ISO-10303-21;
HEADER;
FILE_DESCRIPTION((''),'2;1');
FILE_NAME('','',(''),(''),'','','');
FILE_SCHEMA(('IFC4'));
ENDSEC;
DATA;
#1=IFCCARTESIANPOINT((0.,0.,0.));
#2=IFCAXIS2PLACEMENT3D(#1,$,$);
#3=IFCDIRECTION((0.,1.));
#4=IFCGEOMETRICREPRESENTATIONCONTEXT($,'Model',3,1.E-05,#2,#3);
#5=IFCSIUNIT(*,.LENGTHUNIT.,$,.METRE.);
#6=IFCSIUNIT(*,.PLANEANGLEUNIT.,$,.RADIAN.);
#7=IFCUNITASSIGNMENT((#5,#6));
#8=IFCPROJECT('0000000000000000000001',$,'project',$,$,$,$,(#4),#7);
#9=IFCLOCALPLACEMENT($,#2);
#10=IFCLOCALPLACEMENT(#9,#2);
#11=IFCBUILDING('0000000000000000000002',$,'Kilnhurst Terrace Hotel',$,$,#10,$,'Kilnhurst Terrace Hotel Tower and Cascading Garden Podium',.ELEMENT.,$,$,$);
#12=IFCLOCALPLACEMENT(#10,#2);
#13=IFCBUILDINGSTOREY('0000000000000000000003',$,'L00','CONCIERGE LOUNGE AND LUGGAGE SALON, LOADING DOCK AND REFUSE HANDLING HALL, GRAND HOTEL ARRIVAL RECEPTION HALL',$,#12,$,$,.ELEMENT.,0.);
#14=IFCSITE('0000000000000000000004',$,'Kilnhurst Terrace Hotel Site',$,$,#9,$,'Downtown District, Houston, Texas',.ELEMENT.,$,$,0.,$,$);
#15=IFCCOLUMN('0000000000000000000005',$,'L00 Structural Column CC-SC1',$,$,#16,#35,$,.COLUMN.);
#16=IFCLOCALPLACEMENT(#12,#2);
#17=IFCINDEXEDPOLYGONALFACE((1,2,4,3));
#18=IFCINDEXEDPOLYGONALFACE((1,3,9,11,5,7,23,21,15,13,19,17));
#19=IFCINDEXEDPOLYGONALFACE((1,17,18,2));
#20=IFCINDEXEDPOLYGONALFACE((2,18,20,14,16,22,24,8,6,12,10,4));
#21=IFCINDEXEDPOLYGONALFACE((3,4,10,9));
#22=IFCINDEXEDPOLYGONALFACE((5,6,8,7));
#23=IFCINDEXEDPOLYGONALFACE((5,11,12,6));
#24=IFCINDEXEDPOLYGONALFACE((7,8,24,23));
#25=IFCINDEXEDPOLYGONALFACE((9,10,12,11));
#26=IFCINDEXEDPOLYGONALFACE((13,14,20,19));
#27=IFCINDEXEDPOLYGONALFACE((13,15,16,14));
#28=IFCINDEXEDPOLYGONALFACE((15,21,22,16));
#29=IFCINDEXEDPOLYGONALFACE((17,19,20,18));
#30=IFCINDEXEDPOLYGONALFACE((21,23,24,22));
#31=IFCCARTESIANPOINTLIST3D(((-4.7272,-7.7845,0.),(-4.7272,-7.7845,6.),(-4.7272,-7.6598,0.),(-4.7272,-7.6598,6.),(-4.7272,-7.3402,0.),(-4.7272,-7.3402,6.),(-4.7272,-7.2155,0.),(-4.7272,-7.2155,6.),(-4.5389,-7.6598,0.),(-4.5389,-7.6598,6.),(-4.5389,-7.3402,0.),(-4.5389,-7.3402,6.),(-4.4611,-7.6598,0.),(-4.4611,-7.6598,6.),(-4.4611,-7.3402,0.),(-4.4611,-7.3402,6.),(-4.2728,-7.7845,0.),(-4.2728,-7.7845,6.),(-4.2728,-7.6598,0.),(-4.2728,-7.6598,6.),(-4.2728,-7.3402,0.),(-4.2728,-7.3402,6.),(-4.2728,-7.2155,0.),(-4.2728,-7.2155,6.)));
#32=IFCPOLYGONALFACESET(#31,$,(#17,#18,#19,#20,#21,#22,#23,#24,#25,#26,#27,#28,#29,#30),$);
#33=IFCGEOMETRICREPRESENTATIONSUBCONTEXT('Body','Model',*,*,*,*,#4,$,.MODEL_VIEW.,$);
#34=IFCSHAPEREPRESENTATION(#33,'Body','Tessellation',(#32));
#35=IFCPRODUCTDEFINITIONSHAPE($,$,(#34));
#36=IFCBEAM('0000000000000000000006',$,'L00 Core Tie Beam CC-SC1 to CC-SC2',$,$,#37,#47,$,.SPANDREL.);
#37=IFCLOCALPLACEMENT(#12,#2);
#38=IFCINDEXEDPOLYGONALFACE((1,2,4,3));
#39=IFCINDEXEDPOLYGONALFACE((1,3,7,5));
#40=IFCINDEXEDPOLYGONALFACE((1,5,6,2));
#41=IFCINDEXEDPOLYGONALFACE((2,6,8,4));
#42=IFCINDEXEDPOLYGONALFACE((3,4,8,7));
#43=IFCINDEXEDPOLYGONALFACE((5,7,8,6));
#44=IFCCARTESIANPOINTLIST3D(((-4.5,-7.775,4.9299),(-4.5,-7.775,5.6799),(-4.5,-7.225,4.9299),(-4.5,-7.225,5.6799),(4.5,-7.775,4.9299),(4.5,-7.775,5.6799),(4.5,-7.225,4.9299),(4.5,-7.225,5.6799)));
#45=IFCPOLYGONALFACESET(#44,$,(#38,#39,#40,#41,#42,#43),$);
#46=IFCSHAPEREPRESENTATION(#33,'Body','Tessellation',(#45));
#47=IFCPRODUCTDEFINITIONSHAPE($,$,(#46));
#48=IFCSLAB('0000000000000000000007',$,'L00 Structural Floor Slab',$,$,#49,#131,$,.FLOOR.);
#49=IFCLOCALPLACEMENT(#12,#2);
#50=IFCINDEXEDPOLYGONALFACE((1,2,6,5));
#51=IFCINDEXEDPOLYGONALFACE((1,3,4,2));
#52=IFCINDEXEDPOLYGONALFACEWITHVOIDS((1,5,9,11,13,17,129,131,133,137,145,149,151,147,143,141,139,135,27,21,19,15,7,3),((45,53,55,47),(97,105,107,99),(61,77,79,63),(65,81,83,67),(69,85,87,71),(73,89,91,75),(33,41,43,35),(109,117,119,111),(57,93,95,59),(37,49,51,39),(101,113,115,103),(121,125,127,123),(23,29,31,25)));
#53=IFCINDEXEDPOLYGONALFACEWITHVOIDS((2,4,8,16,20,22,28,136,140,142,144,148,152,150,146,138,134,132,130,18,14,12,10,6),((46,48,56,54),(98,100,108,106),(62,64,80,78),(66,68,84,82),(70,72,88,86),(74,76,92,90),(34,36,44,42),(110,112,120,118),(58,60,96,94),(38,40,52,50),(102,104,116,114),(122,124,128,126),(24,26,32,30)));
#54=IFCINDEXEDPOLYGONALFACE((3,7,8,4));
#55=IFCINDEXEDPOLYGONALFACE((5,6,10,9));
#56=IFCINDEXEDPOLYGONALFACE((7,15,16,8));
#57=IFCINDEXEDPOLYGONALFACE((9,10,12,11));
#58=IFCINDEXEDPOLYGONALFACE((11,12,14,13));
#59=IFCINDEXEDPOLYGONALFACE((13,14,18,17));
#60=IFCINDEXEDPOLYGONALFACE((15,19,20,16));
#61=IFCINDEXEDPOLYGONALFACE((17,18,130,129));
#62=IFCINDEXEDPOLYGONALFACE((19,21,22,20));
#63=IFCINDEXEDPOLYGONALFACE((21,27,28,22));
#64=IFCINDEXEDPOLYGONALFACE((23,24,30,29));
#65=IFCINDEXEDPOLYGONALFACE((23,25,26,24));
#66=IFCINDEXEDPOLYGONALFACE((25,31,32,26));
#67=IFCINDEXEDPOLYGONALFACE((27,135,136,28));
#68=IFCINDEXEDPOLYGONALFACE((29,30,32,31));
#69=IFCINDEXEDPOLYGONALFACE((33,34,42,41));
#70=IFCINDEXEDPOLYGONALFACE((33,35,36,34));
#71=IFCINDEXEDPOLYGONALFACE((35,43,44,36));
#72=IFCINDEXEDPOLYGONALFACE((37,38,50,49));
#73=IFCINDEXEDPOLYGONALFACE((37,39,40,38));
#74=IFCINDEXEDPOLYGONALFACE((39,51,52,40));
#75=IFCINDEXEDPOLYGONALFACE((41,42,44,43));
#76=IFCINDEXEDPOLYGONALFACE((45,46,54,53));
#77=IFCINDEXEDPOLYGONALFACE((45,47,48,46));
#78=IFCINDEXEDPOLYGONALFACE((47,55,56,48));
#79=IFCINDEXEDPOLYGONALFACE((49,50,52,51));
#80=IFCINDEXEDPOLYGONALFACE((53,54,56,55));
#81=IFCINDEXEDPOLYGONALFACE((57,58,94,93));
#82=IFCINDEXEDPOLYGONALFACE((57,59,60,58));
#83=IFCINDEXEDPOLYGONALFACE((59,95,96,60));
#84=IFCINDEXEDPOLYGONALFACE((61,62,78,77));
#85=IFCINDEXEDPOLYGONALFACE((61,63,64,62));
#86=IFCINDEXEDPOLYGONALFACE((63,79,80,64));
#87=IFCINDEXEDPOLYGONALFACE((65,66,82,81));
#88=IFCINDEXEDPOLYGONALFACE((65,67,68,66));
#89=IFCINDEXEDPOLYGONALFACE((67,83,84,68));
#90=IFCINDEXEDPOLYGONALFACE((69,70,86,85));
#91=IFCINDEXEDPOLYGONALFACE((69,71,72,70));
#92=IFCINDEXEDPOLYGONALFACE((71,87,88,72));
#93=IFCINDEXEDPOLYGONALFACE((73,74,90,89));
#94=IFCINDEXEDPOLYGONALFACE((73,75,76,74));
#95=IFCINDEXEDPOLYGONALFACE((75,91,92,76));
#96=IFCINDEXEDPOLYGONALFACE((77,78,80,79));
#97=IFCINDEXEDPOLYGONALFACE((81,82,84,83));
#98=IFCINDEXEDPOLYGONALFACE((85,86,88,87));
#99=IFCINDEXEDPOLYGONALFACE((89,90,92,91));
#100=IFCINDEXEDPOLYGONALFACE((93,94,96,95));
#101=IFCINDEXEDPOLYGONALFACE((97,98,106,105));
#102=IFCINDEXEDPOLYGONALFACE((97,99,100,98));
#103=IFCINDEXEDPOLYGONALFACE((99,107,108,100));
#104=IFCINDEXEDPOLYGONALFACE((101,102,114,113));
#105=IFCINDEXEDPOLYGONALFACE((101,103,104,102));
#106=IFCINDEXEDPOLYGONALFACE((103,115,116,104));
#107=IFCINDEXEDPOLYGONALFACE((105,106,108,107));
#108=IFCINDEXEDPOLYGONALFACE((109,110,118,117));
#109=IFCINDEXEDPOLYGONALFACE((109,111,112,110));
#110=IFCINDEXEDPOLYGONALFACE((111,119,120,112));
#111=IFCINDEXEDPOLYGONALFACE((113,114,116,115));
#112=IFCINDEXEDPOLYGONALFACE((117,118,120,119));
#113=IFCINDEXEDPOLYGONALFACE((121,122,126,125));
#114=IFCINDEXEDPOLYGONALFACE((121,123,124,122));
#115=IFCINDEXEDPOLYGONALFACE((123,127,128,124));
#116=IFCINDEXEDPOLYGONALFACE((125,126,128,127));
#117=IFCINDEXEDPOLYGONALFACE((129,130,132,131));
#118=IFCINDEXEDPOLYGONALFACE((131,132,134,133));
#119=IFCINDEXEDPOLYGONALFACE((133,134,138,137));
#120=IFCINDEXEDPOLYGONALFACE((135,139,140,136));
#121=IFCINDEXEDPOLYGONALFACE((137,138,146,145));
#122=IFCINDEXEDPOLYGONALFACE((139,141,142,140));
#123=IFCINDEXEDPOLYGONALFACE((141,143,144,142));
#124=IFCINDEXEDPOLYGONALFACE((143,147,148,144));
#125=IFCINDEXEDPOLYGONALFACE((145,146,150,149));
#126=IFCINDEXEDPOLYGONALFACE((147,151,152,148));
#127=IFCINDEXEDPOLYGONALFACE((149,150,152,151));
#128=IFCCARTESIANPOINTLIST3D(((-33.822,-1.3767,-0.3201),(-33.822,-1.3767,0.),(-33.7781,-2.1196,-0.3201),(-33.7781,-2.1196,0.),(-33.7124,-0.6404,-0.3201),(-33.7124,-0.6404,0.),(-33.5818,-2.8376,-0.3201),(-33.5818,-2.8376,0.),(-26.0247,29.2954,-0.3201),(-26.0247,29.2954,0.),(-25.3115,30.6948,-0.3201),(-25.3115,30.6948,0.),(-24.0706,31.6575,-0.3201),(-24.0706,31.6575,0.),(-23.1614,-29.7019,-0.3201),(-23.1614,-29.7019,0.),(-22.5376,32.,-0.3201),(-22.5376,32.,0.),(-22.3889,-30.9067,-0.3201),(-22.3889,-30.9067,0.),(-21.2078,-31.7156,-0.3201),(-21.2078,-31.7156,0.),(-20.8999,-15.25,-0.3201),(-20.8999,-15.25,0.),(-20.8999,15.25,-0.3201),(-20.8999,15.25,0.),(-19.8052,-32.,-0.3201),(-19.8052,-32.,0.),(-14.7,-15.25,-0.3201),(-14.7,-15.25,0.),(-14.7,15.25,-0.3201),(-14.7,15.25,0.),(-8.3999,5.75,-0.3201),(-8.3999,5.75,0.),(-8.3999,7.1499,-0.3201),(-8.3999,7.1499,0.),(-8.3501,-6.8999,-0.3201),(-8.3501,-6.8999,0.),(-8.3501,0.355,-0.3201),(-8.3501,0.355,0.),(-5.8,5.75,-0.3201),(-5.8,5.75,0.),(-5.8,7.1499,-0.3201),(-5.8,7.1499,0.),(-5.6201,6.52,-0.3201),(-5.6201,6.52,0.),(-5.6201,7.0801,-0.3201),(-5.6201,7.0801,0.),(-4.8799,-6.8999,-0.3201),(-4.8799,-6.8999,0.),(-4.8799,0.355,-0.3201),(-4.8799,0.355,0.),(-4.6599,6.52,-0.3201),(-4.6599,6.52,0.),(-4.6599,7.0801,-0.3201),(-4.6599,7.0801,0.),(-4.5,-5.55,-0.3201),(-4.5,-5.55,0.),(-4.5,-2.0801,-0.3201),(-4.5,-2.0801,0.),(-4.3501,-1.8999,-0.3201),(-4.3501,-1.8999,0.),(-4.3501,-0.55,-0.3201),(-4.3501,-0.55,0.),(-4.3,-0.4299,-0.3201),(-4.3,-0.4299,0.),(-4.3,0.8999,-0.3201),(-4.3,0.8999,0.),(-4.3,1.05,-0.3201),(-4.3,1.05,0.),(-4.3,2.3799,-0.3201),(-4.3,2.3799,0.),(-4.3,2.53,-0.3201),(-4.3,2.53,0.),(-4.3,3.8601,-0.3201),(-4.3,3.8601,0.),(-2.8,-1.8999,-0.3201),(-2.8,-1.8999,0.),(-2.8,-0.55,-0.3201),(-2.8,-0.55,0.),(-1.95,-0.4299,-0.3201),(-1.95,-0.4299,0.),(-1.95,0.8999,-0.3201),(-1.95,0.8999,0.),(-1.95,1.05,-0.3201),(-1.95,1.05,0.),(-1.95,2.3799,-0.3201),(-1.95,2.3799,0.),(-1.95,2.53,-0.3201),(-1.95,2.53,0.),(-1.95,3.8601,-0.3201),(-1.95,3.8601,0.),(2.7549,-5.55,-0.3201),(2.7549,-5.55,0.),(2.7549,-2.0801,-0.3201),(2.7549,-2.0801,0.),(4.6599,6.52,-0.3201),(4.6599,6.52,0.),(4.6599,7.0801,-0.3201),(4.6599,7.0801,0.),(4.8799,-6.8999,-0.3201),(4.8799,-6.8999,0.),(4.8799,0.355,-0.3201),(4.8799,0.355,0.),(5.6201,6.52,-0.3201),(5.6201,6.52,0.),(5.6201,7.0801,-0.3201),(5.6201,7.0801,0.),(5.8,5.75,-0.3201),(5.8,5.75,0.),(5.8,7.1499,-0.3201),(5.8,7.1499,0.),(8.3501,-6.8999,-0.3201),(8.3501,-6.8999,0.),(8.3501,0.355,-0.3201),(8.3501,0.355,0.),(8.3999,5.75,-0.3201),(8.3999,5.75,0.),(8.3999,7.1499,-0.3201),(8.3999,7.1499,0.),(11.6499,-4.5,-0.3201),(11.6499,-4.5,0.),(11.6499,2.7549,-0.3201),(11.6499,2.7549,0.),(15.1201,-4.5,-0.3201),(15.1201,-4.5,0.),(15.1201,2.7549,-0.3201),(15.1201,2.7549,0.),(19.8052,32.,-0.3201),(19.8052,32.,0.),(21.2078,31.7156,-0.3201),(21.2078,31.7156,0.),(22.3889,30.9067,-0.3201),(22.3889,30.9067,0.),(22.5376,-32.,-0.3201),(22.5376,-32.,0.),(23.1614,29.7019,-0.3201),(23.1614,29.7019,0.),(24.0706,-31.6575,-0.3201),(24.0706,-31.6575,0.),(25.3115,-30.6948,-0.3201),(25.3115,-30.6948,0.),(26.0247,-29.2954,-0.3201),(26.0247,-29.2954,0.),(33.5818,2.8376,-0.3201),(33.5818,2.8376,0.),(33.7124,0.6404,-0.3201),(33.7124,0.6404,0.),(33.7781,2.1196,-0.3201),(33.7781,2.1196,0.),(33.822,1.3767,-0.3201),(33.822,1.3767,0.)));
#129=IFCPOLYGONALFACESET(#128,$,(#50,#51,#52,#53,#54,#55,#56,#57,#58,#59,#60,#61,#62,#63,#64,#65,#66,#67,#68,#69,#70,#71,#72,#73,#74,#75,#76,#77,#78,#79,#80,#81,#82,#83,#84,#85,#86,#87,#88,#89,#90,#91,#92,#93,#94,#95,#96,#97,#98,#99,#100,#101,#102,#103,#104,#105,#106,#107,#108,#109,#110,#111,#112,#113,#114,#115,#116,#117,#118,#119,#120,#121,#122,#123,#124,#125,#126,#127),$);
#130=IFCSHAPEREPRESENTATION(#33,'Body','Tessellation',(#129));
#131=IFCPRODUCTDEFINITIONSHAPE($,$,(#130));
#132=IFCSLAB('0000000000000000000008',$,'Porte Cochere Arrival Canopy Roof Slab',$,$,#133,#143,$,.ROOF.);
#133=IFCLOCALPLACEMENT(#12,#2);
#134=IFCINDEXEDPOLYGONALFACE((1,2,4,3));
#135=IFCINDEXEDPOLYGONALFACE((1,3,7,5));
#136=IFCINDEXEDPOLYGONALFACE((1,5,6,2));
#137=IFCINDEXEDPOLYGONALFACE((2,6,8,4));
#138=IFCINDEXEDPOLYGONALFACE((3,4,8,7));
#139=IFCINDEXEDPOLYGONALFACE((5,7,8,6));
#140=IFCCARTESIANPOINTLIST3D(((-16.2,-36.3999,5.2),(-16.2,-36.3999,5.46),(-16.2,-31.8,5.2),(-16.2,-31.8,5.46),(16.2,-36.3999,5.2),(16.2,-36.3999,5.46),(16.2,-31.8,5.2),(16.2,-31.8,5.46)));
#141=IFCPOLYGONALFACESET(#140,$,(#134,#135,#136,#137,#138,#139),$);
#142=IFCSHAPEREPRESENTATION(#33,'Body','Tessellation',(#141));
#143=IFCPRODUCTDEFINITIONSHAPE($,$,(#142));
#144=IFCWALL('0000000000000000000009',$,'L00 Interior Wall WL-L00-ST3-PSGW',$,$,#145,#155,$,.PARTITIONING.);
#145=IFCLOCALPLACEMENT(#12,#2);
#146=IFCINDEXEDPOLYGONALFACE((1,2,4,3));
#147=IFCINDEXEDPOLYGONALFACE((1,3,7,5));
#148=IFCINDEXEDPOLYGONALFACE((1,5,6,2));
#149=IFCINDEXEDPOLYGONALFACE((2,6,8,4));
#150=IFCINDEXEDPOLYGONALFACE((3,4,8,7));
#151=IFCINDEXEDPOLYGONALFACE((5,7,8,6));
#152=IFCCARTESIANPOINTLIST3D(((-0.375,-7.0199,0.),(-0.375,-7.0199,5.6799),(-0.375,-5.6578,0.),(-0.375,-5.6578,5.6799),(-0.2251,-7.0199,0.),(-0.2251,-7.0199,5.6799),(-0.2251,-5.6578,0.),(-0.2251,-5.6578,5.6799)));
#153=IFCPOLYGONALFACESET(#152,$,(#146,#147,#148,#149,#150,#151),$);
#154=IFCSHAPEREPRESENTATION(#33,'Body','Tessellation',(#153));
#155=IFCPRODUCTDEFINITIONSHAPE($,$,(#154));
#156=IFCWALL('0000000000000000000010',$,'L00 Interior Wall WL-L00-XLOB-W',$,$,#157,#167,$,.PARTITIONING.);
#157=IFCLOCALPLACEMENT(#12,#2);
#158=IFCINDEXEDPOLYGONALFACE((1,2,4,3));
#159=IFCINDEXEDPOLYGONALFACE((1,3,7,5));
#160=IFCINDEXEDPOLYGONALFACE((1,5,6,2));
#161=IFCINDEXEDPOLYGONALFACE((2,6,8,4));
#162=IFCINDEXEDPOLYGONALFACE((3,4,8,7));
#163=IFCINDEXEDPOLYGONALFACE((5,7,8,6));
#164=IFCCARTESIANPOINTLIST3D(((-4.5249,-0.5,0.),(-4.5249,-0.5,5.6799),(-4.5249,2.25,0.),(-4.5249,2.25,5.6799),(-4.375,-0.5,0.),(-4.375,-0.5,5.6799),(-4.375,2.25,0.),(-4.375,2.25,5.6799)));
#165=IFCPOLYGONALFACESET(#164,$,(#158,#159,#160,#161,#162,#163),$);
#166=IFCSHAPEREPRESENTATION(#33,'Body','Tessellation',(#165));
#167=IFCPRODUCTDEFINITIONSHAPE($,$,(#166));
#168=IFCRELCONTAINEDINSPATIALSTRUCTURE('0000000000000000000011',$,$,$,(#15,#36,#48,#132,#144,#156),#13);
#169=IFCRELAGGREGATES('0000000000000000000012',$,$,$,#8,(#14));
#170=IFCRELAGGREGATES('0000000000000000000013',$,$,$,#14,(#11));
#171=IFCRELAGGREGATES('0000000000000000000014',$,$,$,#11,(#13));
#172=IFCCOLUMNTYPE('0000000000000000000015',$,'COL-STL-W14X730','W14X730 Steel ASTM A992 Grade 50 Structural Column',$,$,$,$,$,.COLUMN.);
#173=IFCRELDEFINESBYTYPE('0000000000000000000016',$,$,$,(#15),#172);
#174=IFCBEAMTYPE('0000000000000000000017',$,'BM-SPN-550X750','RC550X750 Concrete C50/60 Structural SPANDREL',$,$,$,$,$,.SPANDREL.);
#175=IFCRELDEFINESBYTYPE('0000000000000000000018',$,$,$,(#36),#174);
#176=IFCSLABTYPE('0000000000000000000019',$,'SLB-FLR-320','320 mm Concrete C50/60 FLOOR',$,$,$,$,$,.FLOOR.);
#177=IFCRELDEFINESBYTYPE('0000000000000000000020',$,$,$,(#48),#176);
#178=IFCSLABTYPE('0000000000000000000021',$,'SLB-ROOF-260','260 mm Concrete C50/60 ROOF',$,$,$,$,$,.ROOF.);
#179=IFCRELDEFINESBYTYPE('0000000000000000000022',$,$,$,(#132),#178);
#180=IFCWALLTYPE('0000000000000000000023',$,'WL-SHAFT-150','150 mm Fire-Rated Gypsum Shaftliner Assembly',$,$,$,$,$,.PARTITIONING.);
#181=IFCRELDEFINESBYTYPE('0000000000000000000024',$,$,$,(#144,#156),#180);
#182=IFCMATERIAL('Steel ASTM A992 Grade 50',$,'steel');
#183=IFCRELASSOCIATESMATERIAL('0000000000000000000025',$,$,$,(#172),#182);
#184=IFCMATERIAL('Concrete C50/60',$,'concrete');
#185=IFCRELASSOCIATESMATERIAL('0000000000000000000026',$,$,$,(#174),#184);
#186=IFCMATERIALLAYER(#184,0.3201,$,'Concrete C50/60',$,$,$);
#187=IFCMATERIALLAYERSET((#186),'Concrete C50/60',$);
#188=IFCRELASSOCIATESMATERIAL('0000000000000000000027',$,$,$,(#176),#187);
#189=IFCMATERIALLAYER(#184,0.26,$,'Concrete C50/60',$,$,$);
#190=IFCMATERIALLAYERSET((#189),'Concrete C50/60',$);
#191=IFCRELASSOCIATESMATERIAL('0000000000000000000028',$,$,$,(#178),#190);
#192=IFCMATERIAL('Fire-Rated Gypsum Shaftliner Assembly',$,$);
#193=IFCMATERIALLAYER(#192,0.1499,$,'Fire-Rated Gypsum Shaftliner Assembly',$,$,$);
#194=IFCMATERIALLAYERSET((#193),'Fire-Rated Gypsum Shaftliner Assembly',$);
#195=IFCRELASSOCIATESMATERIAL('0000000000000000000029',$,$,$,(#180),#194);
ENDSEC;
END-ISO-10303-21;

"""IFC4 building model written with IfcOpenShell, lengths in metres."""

from ifc_helpers import new_model, si_unit, direction, frame, frame_2d, origin, origin_2d, place, context, subcontext, project, spatial, polyline, rectangle, i_section, outline, extrude, material, layer, layer_set, material_profile, profile_set, type_object, element, save


model = new_model("IFC4")

# Units and contexts
model_context = context("Model", 3, precision=1e-05, world=origin(), true_north=direction((0.0, 1.0)))
body_context = subcontext(model_context, "Body", "Model", "MODEL_VIEW")
ifc_project = project(units=[si_unit("LENGTHUNIT", "METRE"), si_unit("PLANEANGLEUNIT", "RADIAN")], contexts=[model_context])

# Site, building, storey
site_placement = place(None, origin())
site = spatial("IfcSite", under=ifc_project, at=site_placement, Name="Kilnhurst Terrace Hotel Site", LongName="Downtown District, Houston, Texas", CompositionType="ELEMENT", RefElevation=0.0)
building_placement = place(site_placement, origin())
building = spatial("IfcBuilding", under=site, at=building_placement, Name="Kilnhurst Terrace Hotel", LongName="Kilnhurst Terrace Hotel Tower and Cascading Garden Podium", CompositionType="ELEMENT")
storey_placement = place(building_placement, origin())
storey = spatial("IfcBuildingStorey", under=building, at=storey_placement, Name="L00", Description="CONCIERGE LOUNGE AND LUGGAGE SALON, LOADING DOCK AND REFUSE HANDLING HALL, GRAND HOTEL ARRIVAL RECEPTION HALL", CompositionType="ELEMENT", Elevation=0.0)

# Column
ifc_material_1 = material(Name="Steel ASTM A992 Grade 50", Category="steel")
ifc_material_profile_1 = material_profile(ifc_material_1, i_section(OverallWidth=0.4543, OverallDepth=0.5691, WebThickness=0.0779, FlangeThickness=0.1248, at=origin_2d()), Name="W14X730")
ifc_profile_set_1 = profile_set([ifc_material_profile_1], Name="Steel ASTM A992 Grade 50")
column_type = type_object("IfcColumnType", Name="COL-STL-W14X730", Description="W14X730 Steel ASTM A992 Grade 50 Structural Column", PredefinedType="COLUMN", material=ifc_profile_set_1)
column_placement = place(storey_placement, frame((-4.5, -7.5, 0.0), z_axis=(0.0, 0.0, 1.0), x_axis=(1.0, 0.0, 0.0)))
element("IfcColumn", 1, at=column_placement, inside=storey, type_object=column_type, Name="L00 Structural Column CC-SC1", PredefinedType="COLUMN", context=body_context, shape_type="SweptSolid", body=[
    extrude(i_section(OverallWidth=0.4543, OverallDepth=0.5691, WebThickness=0.0779, FlangeThickness=0.1248, at=origin_2d()), origin(), (0.0, 0.0, 1.0), 6.0),
])

# Beam
ifc_material_2 = material(Name="Concrete C50/60", Category="concrete")
ifc_material_profile_2 = material_profile(ifc_material_2, rectangle(XDim=0.55, YDim=0.75, at=origin_2d()), Name="RC550X750")
ifc_profile_set_2 = profile_set([ifc_material_profile_2], Name="Concrete C50/60")
beam_type = type_object("IfcBeamType", Name="BM-SPN-550X750", Description="RC550X750 Concrete C50/60 Structural SPANDREL", PredefinedType="SPANDREL", material=ifc_profile_set_2)
beam_placement = place(storey_placement, frame((-4.5, -7.5, 5.3049), z_axis=(1.0, 0.0, 0.0), x_axis=(0.0, 1.0, 0.0)))
element("IfcBeam", 2, at=beam_placement, inside=storey, type_object=beam_type, Name="L00 Core Tie Beam CC-SC1 to CC-SC2", PredefinedType="SPANDREL", context=body_context, shape_type="SweptSolid", body=[
    extrude(rectangle(XDim=0.55, YDim=0.75, at=origin_2d()), origin(), (0.0, 0.0, 1.0), 9.0),
])

# Slabs
ifc_layer_1 = layer(ifc_material_2, 0.3201, Name="Concrete C50/60")
ifc_layer_set_1 = layer_set([ifc_layer_1], Name="Concrete C50/60")
slab_type_1 = type_object("IfcSlabType", Name="SLB-FLR-320", Description="320 mm Concrete C50/60 FLOOR", PredefinedType="FLOOR", material=ifc_layer_set_1)
slab_1_placement = place(storey_placement, frame((0.0, 0.0, -0.3201)))
element("IfcSlab", 3, at=slab_1_placement, inside=storey, type_object=slab_type_1, Name="L00 Structural Floor Slab", PredefinedType="FLOOR", context=body_context, shape_type="SweptSolid", body=[
    extrude(outline(polyline([(-23.1614, -29.7019), (-22.3889, -30.9067), (-21.2078, -31.7156), (-19.8052, -32.0), (22.5376, -32.0), (24.0706, -31.6575), (25.3115, -30.6948), (26.0247, -29.2954), (33.7124, 0.6404), (33.822, 1.3767), (33.7781, 2.1196), (33.5818, 2.8376), (23.1614, 29.7019), (22.3889, 30.9067), (21.2078, 31.7156), (19.8052, 32.0), (-22.5376, 32.0), (-24.0706, 31.6575), (-25.3115, 30.6948), (-26.0247, 29.2954), (-33.7124, -0.6404), (-33.822, -1.3767), (-33.7781, -2.1196), (-33.5818, -2.8376), (-23.1614, -29.7019)]), holes=[polyline([(-8.3501, 0.355), (-4.8799, 0.355), (-4.8799, -6.8999), (-8.3501, -6.8999), (-8.3501, 0.355)]), polyline([(-4.3501, -1.8999), (-4.3501, -0.55), (-2.8, -0.55), (-2.8, -1.8999), (-4.3501, -1.8999)]), polyline([(-20.8999, -15.25), (-20.8999, 15.25), (-14.7, 15.25), (-14.7, -15.25), (-20.8999, -15.25)]), polyline([(-1.95, -0.4299), (-4.3, -0.4299), (-4.3, 0.8999), (-1.95, 0.8999), (-1.95, -0.4299)]), polyline([(-4.3, 1.05), (-4.3, 2.3799), (-1.95, 2.3799), (-1.95, 1.05), (-4.3, 1.05)]), polyline([(-8.3999, 5.75), (-8.3999, 7.1499), (-5.8, 7.1499), (-5.8, 5.75), (-8.3999, 5.75)]), polyline([(-4.6599, 6.52), (-5.6201, 6.52), (-5.6201, 7.0801), (-4.6599, 7.0801), (-4.6599, 6.52)]), polyline([(2.7549, -5.55), (-4.5, -5.55), (-4.5, -2.0801), (2.7549, -2.0801), (2.7549, -5.55)]), polyline([(8.3501, 0.355), (8.3501, -6.8999), (4.8799, -6.8999), (4.8799, 0.355), (8.3501, 0.355)]), polyline([(15.1201, 2.7549), (15.1201, -4.5), (11.6499, -4.5), (11.6499, 2.7549), (15.1201, 2.7549)]), polyline([(-4.3, 2.53), (-4.3, 3.8601), (-1.95, 3.8601), (-1.95, 2.53), (-4.3, 2.53)]), polyline([(5.8, 5.75), (5.8, 7.1499), (8.3999, 7.1499), (8.3999, 5.75), (5.8, 5.75)]), polyline([(4.6599, 6.52), (4.6599, 7.0801), (5.6201, 7.0801), (5.6201, 6.52), (4.6599, 6.52)])]), origin(), (0.0, 0.0, 1.0), 0.3201),
])
ifc_layer_2 = layer(ifc_material_2, 0.26, Name="Concrete C50/60")
ifc_layer_set_2 = layer_set([ifc_layer_2], Name="Concrete C50/60")
slab_type_2 = type_object("IfcSlabType", Name="SLB-ROOF-260", Description="260 mm Concrete C50/60 ROOF", PredefinedType="ROOF", material=ifc_layer_set_2)
slab_2_placement = place(storey_placement, frame((0.0, 0.0, 5.2)))
element("IfcSlab", 4, at=slab_2_placement, inside=storey, type_object=slab_type_2, Name="Porte Cochere Arrival Canopy Roof Slab", PredefinedType="ROOF", context=body_context, shape_type="SweptSolid", body=[
    extrude(outline(polyline([(-16.2, -36.3999), (16.2, -36.3999), (16.2, -31.8), (-16.2, -31.8), (-16.2, -36.3999)])), origin(), (0.0, 0.0, 1.0), 0.26),
])

# Walls
ifc_material_3 = material(Name="Fire-Rated Gypsum Shaftliner Assembly")
ifc_layer_3 = layer(ifc_material_3, 0.1499, Name="Fire-Rated Gypsum Shaftliner Assembly")
ifc_layer_set_3 = layer_set([ifc_layer_3], Name="Fire-Rated Gypsum Shaftliner Assembly")
wall_type_1 = type_object("IfcWallType", Name="WL-SHAFT-150", Description="150 mm Fire-Rated Gypsum Shaftliner Assembly", PredefinedType="PARTITIONING", material=ifc_layer_set_3)
wall_1_placement = place(storey_placement, frame((-0.3, -7.02, 0.0), z_axis=(0.0, 0.0, 1.0), x_axis=(0.0, 1.0, 0.0)))
element("IfcWall", 5, at=wall_1_placement, inside=storey, type_object=wall_type_1, Name="L00 Interior Wall WL-L00-ST3-PSGW", PredefinedType="PARTITIONING", context=body_context, shape_type="SweptSolid", body=[
    extrude(rectangle(XDim=1.3621, YDim=0.1499, at=frame_2d((0.6812, 0.0))), origin(), (0.0, 0.0, 1.0), 5.6799),
])
wall_2_placement = place(storey_placement, frame((-4.45, -0.5, 0.0), z_axis=(0.0, 0.0, 1.0), x_axis=(0.0, 1.0, 0.0)))
element("IfcWall", 6, at=wall_2_placement, inside=storey, type_object=wall_type_1, Name="L00 Interior Wall WL-L00-XLOB-W", PredefinedType="PARTITIONING", context=body_context, shape_type="SweptSolid", body=[
    extrude(rectangle(XDim=2.75, YDim=0.1499, at=frame_2d((1.375, 0.0))), origin(), (0.0, 0.0, 1.0), 5.6799),
])

save(model, "model.ifc")
